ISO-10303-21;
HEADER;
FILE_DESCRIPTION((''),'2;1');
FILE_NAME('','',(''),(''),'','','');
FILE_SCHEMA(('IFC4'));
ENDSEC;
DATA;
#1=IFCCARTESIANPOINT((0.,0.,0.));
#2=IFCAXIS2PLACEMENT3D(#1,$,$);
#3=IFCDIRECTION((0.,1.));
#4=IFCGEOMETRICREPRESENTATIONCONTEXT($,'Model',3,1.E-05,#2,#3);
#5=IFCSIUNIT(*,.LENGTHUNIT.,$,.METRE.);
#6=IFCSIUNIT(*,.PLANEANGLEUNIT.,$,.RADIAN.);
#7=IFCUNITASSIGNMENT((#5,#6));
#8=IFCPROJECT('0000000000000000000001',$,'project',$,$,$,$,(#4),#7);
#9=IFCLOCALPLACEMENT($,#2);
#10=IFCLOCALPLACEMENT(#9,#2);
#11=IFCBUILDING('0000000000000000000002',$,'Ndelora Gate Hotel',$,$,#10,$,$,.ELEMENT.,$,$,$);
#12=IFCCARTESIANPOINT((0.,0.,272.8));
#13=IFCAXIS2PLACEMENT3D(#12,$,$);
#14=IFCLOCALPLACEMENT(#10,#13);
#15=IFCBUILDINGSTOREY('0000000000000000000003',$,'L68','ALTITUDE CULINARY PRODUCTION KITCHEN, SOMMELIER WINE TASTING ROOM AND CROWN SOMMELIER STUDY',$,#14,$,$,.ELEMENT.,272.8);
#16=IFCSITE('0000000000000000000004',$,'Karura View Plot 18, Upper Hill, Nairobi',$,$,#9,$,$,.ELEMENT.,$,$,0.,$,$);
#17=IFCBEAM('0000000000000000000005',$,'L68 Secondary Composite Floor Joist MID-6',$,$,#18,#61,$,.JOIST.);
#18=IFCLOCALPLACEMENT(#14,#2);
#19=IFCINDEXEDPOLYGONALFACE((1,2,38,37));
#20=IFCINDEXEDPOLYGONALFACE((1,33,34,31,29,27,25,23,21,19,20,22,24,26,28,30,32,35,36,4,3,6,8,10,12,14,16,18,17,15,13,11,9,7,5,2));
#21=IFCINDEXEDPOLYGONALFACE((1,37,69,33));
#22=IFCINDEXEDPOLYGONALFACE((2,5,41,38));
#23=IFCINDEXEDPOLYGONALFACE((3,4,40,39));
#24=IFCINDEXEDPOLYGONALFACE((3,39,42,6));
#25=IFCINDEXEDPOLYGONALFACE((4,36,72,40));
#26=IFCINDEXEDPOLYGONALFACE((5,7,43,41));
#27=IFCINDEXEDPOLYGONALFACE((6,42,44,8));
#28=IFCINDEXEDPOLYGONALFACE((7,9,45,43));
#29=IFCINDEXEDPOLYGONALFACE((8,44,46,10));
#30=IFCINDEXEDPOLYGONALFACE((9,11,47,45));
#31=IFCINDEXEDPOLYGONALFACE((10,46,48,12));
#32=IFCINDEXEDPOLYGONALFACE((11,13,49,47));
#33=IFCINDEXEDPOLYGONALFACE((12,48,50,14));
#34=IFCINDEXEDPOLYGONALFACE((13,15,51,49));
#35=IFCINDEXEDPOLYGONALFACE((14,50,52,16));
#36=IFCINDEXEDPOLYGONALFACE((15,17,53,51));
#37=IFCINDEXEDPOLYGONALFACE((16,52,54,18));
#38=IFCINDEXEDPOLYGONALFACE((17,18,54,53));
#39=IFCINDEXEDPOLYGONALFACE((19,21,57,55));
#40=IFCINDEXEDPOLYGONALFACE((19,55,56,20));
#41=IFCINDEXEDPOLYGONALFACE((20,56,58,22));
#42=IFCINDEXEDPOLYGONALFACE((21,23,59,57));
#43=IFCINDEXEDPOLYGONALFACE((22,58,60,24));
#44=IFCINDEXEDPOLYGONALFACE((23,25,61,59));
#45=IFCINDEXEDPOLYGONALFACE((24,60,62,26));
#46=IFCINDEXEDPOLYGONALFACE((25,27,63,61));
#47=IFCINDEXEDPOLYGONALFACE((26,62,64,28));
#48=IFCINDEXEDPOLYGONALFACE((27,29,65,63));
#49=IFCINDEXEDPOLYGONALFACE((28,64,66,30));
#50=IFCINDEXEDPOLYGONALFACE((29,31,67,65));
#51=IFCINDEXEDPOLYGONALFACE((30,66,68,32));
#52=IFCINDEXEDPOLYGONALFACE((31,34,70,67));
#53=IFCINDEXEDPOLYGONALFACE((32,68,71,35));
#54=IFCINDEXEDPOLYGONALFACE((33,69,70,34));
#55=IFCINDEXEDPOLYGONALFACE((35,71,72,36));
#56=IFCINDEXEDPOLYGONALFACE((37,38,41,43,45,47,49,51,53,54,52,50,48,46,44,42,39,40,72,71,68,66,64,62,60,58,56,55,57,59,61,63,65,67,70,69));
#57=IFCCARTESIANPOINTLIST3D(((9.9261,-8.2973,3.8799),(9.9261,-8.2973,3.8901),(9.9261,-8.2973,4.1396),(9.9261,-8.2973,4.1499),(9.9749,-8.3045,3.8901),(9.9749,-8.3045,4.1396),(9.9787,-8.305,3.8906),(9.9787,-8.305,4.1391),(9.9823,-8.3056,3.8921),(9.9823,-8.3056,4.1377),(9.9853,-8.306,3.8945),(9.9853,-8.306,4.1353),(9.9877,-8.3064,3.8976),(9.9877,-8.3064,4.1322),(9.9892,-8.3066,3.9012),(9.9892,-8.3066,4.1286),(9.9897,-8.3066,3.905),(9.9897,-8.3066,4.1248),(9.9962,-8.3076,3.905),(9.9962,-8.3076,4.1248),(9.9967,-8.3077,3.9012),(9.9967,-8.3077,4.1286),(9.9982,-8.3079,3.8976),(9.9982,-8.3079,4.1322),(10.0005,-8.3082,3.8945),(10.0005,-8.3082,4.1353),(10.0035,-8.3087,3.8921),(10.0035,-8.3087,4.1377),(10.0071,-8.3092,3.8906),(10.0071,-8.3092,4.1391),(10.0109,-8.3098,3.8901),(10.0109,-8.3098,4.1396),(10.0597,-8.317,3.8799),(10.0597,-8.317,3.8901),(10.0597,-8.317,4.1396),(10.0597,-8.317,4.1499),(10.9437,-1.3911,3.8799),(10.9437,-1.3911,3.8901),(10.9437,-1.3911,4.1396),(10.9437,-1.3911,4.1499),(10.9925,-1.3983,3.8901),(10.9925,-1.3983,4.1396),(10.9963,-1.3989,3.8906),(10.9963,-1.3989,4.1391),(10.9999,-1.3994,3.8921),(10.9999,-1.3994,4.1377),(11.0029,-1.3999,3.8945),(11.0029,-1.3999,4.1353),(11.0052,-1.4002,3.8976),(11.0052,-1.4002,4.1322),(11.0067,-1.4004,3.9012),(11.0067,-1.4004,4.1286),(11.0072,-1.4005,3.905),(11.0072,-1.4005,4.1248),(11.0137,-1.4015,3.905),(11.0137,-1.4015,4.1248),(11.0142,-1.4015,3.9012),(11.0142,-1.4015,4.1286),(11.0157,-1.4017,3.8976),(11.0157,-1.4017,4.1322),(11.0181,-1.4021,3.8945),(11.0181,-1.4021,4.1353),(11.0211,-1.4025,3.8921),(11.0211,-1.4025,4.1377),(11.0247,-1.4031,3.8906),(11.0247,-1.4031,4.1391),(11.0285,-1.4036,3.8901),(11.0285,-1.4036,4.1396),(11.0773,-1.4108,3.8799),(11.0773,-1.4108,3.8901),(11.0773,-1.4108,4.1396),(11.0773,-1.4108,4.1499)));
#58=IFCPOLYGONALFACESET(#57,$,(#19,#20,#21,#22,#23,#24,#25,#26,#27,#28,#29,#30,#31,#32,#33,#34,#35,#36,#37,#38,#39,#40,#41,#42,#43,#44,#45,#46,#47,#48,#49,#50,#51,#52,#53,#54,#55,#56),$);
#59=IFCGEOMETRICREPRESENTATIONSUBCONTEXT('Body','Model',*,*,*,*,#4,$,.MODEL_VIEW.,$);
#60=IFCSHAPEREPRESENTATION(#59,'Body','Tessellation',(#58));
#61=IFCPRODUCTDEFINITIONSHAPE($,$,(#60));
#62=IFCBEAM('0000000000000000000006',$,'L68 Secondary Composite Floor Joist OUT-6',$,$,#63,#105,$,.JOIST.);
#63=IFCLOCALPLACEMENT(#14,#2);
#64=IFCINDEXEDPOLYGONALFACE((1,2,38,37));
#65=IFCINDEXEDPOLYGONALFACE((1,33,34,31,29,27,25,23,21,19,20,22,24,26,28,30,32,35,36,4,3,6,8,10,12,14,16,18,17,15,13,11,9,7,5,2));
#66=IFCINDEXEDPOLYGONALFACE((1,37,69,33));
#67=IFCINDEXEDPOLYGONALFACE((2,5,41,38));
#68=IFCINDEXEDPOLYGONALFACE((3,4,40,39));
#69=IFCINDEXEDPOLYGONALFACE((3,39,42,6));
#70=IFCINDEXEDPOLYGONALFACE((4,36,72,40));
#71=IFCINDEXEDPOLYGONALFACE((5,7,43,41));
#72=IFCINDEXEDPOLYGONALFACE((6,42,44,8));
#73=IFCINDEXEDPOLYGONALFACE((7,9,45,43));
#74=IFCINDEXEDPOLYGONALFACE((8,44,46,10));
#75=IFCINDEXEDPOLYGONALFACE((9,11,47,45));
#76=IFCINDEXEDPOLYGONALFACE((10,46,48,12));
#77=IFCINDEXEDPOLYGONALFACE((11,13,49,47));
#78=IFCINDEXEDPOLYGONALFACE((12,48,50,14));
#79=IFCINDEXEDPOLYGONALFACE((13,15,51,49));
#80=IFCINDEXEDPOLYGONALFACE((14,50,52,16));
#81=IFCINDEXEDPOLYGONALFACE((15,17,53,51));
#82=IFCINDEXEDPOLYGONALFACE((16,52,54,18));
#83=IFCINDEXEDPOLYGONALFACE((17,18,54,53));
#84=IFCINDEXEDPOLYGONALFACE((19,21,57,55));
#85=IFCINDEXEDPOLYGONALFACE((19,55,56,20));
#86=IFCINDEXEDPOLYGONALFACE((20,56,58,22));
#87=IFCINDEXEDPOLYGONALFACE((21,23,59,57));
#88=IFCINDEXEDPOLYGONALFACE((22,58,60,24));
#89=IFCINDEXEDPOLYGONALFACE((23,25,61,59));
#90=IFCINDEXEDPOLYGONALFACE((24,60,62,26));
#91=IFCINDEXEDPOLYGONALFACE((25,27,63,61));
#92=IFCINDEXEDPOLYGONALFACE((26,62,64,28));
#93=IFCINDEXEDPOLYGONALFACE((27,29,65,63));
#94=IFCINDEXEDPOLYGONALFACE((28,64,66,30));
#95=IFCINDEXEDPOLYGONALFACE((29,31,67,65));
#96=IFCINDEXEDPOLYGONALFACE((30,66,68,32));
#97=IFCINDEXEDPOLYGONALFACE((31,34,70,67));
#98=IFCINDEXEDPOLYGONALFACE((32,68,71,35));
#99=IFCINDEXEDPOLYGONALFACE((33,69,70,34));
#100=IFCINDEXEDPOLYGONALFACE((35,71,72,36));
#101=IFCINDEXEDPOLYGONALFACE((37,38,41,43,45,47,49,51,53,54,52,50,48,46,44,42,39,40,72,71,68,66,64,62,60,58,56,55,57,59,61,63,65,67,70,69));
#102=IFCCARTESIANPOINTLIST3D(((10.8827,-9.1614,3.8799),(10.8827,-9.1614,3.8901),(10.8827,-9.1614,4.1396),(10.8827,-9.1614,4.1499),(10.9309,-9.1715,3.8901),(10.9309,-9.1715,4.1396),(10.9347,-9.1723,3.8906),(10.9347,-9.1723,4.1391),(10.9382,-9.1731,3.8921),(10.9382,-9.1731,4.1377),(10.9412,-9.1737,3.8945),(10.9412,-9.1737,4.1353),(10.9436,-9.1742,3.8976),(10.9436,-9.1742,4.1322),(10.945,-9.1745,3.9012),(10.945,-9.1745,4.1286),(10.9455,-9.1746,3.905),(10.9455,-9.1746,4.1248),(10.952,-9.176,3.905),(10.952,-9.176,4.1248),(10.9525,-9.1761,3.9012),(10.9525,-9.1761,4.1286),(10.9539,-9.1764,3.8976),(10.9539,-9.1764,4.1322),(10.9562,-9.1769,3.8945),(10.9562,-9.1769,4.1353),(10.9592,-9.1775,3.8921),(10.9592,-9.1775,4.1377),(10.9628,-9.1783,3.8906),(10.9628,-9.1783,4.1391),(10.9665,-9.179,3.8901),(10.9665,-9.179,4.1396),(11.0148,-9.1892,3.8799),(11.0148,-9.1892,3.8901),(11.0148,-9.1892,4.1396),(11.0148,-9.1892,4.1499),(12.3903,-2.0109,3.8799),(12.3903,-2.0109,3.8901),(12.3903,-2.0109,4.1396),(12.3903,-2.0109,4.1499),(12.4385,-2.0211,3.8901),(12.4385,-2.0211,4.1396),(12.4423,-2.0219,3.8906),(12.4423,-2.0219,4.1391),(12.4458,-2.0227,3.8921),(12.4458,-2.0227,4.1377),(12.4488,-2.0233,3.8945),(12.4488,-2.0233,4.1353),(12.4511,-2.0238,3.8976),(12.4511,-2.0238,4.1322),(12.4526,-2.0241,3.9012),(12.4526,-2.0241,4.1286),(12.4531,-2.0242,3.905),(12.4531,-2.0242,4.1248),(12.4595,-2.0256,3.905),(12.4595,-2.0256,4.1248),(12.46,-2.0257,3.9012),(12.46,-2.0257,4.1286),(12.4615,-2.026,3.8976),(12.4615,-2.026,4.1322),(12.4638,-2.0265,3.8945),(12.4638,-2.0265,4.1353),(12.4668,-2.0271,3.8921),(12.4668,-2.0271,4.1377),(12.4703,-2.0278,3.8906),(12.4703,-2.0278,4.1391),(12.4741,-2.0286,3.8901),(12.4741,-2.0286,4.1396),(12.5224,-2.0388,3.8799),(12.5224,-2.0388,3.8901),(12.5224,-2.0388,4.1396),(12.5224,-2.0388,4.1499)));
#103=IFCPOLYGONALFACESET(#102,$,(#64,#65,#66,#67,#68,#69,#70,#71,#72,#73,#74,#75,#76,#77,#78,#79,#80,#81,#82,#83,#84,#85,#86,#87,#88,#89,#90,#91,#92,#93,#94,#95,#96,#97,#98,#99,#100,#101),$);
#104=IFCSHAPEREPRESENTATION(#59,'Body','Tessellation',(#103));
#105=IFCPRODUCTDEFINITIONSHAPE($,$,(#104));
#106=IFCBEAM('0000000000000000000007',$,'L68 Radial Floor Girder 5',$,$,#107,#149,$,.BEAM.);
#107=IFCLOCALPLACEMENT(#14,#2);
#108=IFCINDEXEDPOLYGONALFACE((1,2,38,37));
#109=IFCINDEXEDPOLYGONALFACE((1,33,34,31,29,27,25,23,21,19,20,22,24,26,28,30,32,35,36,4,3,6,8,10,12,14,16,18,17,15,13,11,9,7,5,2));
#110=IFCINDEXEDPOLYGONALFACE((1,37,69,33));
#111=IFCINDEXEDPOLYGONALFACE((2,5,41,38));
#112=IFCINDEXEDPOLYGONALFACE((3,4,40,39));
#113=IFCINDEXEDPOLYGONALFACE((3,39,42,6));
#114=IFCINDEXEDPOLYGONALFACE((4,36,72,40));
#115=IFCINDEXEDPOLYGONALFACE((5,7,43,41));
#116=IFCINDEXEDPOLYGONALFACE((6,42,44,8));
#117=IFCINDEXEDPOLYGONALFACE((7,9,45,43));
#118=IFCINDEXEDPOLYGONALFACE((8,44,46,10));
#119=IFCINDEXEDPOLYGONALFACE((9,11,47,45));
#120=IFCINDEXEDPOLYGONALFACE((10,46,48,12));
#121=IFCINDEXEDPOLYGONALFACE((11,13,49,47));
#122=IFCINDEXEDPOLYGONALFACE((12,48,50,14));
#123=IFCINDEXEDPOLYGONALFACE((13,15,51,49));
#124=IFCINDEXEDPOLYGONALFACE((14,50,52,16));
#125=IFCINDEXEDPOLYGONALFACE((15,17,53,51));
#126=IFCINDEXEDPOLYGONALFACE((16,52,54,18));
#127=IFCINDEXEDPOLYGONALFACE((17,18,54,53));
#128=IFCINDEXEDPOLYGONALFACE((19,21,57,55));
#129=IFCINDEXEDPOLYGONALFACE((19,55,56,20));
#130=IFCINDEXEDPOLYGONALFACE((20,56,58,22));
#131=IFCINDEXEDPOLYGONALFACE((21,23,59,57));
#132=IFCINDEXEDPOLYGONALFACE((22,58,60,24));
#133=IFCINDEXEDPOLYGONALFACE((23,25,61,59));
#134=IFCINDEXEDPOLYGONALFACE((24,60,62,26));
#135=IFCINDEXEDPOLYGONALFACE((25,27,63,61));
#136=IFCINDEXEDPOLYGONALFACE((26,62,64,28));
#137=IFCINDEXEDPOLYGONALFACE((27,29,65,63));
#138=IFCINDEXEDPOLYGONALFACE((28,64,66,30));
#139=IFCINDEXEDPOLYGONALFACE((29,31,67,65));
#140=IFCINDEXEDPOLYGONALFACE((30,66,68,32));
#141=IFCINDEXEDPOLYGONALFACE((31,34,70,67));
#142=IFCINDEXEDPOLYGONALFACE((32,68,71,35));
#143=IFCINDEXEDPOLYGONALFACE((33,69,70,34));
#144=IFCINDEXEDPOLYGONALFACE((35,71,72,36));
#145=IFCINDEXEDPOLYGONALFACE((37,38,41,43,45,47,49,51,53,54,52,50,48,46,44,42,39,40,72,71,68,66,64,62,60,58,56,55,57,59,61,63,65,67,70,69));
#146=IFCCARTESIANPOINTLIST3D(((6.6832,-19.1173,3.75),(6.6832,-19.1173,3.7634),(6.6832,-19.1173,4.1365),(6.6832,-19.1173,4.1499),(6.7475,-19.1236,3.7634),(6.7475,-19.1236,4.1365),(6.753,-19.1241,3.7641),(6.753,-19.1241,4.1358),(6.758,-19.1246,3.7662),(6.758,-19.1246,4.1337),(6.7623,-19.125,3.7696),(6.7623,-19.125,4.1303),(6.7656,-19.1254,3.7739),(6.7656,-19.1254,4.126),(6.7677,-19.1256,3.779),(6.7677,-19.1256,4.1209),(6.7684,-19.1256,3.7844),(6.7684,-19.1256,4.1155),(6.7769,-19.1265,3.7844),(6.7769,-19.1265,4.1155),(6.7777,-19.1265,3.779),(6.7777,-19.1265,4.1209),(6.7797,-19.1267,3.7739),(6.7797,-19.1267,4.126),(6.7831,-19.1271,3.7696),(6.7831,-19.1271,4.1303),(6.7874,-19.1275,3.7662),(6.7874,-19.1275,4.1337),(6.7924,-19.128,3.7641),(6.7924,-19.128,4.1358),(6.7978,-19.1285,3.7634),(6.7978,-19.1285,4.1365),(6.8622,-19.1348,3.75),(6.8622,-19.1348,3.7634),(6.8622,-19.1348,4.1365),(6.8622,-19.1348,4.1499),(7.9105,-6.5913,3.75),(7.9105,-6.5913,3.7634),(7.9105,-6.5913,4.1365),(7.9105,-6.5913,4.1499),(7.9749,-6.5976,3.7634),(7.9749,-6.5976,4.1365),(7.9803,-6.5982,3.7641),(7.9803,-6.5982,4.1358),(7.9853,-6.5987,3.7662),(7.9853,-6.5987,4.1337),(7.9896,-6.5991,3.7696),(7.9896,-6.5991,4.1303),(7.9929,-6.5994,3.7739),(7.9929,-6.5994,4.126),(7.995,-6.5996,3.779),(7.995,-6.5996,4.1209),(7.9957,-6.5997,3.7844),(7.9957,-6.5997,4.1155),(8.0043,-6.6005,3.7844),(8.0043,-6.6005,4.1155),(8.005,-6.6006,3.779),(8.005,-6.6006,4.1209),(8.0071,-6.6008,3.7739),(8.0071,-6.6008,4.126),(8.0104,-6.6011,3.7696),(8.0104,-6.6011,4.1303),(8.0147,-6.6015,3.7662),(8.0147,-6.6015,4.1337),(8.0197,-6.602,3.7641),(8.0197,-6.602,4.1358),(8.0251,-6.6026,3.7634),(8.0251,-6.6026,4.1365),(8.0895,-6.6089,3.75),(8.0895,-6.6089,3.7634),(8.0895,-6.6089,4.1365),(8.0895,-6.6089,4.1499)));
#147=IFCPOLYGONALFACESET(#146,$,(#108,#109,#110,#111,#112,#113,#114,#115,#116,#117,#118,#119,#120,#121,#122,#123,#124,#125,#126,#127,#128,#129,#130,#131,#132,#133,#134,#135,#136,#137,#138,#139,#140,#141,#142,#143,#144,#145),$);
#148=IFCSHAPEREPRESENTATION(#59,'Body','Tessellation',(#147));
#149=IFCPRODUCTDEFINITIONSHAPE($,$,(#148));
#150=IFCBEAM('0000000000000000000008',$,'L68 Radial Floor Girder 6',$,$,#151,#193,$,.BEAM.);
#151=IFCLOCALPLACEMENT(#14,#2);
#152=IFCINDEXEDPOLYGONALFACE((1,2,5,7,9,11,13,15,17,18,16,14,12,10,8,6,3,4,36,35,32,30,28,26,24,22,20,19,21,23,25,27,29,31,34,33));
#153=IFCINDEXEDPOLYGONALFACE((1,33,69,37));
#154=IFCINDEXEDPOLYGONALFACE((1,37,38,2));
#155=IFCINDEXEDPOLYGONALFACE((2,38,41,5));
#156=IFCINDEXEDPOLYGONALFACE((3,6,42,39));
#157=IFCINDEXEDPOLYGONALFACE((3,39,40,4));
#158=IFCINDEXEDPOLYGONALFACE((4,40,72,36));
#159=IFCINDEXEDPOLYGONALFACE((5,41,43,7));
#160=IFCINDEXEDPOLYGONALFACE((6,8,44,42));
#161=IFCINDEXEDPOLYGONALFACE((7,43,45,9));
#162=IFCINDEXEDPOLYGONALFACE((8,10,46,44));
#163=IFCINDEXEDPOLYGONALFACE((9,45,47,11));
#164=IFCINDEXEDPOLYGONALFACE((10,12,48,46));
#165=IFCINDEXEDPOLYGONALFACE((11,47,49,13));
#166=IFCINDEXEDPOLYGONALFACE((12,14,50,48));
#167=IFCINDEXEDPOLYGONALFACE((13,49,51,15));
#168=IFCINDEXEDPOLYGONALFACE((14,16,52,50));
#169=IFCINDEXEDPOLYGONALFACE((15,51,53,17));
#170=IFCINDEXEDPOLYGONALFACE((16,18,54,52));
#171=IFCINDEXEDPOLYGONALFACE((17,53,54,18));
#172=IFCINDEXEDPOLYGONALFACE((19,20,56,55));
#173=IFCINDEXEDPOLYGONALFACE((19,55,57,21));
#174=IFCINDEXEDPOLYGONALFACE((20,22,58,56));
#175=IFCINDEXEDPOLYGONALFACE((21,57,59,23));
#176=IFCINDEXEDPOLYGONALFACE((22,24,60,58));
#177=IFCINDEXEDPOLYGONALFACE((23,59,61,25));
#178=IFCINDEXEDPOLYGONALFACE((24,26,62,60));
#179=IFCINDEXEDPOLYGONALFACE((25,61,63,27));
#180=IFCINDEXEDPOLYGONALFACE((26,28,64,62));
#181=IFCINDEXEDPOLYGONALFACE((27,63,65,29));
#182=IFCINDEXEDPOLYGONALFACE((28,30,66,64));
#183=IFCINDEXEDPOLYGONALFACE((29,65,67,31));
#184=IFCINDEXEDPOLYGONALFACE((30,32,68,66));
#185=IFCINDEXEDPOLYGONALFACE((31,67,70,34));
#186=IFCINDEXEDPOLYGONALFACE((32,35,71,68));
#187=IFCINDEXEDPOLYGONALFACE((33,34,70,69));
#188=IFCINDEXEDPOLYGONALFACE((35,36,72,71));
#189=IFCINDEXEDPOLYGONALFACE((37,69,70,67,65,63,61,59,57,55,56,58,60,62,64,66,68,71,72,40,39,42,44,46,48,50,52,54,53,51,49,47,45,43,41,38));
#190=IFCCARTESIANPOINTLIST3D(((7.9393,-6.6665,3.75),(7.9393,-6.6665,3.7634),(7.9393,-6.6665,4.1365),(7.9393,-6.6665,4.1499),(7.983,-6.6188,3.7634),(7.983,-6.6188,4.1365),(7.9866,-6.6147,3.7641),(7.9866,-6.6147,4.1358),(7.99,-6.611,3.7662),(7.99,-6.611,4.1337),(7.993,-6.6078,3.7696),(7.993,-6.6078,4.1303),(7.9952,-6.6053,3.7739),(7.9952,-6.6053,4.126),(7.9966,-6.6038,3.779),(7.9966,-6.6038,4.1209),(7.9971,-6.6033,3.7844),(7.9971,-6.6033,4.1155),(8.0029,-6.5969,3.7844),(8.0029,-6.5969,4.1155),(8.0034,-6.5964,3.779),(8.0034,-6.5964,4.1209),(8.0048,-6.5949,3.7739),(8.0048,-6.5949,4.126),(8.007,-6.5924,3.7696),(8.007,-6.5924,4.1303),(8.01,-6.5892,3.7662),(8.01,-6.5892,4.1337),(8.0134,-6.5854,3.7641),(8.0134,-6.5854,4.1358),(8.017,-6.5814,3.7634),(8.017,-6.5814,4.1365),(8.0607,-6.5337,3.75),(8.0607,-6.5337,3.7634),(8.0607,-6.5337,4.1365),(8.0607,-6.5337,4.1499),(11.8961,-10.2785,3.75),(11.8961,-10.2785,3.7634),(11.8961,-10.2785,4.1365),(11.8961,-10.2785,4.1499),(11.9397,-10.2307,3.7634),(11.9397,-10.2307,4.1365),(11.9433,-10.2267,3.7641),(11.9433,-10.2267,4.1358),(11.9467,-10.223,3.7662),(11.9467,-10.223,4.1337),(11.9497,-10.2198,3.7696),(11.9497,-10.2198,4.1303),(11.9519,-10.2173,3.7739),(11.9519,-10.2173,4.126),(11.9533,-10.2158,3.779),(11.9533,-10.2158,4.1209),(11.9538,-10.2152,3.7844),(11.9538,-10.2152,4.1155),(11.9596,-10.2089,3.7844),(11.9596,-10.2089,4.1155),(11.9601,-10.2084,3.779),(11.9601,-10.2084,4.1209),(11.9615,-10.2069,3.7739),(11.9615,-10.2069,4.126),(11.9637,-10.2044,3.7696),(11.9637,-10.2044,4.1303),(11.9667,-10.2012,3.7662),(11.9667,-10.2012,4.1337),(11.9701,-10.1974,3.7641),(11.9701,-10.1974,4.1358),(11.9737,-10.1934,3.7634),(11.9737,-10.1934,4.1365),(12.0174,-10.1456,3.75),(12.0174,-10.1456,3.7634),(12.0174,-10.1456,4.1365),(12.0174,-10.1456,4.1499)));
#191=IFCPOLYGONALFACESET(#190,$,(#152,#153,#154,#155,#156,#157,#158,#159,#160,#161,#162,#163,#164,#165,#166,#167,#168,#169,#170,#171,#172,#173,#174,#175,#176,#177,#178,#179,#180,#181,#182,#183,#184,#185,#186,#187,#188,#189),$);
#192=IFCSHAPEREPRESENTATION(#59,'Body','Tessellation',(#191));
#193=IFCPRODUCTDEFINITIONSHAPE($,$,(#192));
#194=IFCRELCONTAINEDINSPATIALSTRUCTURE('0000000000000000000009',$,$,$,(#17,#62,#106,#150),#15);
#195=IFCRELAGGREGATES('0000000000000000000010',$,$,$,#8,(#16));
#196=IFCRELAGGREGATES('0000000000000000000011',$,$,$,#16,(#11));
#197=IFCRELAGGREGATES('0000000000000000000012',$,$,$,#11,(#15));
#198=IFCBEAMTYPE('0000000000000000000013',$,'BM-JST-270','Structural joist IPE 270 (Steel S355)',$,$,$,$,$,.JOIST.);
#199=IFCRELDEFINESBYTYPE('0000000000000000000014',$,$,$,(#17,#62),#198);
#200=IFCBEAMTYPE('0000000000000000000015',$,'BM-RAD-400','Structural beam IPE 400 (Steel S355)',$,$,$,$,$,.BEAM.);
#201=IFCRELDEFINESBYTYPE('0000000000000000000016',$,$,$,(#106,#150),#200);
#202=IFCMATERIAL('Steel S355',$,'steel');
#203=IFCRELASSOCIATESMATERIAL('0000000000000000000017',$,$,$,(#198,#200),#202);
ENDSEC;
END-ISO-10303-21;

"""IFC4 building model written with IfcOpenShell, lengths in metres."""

from ifc_helpers import new_model, si_unit, direction, frame, origin, origin_2d, place, context, subcontext, project, spatial, i_section, extrude, material, material_profile, profile_set, type_object, element, save


model = new_model("IFC4")

# Units and contexts
model_context = context("Model", 3, precision=1e-05, world=origin(), true_north=direction((0.0, 1.0)))
body_context = subcontext(model_context, "Body", "Model", "MODEL_VIEW")
ifc_project = project(units=[si_unit("LENGTHUNIT", "METRE"), si_unit("PLANEANGLEUNIT", "RADIAN")], contexts=[model_context])

# Site, building, storey
site_placement = place(None, origin())
site = spatial("IfcSite", under=ifc_project, at=site_placement, Name="Karura View Plot 18, Upper Hill, Nairobi", CompositionType="ELEMENT", RefElevation=0.0)
building_placement = place(site_placement, origin())
building = spatial("IfcBuilding", under=site, at=building_placement, Name="Ndelora Gate Hotel", CompositionType="ELEMENT")
storey_placement = place(building_placement, frame((0.0, 0.0, 272.8)))
storey = spatial("IfcBuildingStorey", under=building, at=storey_placement, Name="L68", Description="ALTITUDE CULINARY PRODUCTION KITCHEN, SOMMELIER WINE TASTING ROOM AND CROWN SOMMELIER STUDY", CompositionType="ELEMENT", Elevation=272.8)

# Beams
ifc_material_1 = material(Name="Steel S355", Category="steel")
ifc_material_profile_1 = material_profile(ifc_material_1, i_section(OverallWidth=0.135, OverallDepth=0.27, WebThickness=0.0066, FlangeThickness=0.0103, FilletRadius=0.0149, at=origin_2d()), Name="IPE 270")
ifc_profile_set_1 = profile_set([ifc_material_profile_1], Name="Steel S355")
beam_type_1 = type_object("IfcBeamType", Name="BM-JST-270", Description="Structural joist IPE 270 (Steel S355)", PredefinedType="JOIST", material=ifc_profile_set_1)
beam_1_placement = place(storey_placement, frame((9.9929, -8.3071, 4.0149), z_axis=(0.145768, 0.989319, 0.0), x_axis=(-0.989319, 0.145768, 0.0)))
element("IfcBeam", 1, at=beam_1_placement, inside=storey, type_object=beam_type_1, Name="L68 Secondary Composite Floor Joist MID-6", PredefinedType="JOIST", context=body_context, shape_type="SweptSolid", body=[
    extrude(i_section(OverallWidth=0.135, OverallDepth=0.27, WebThickness=0.0066, FlangeThickness=0.0103, FilletRadius=0.0149, at=origin_2d()), origin(), (0.0, 0.0, 1.0), 6.9807),
])
beam_2_placement = place(storey_placement, frame((10.9487, -9.1753, 4.0149), z_axis=(0.206302, 0.978488, 0.0), x_axis=(-0.978488, 0.206302, 0.0)))
element("IfcBeam", 2, at=beam_2_placement, inside=storey, type_object=beam_type_1, Name="L68 Secondary Composite Floor Joist OUT-6", PredefinedType="JOIST", context=body_context, shape_type="SweptSolid", body=[
    extrude(i_section(OverallWidth=0.135, OverallDepth=0.27, WebThickness=0.0066, FlangeThickness=0.0103, FilletRadius=0.0149, at=origin_2d()), origin(), (0.0, 0.0, 1.0), 7.3076),
])
ifc_material_profile_2 = material_profile(ifc_material_1, i_section(OverallWidth=0.1799, OverallDepth=0.3999, WebThickness=0.0085, FlangeThickness=0.0134, FilletRadius=0.021, at=origin_2d()), Name="IPE 400")
ifc_profile_set_2 = profile_set([ifc_material_profile_2], Name="Steel S355")
beam_type_2 = type_object("IfcBeamType", Name="BM-RAD-400", Description="Structural beam IPE 400 (Steel S355)", PredefinedType="BEAM", material=ifc_profile_set_2)
beam_3_placement = place(storey_placement, frame((8.0, -6.6001, 3.95), z_axis=(-0.097514, -0.995234, 0.0), x_axis=(0.995234, -0.097514, 0.0)))
element("IfcBeam", 3, at=beam_3_placement, inside=storey, type_object=beam_type_2, Name="L68 Radial Floor Girder 5", PredefinedType="BEAM", context=body_context, shape_type="SweptSolid", body=[
    extrude(i_section(OverallWidth=0.1799, OverallDepth=0.3999, WebThickness=0.0085, FlangeThickness=0.0134, FilletRadius=0.021, at=origin_2d()), origin(), (0.0, 0.0, 1.0), 12.5859),
])
beam_4_placement = place(storey_placement, frame((8.0, -6.6001, 3.95), z_axis=(0.738547, -0.674202, 0.0), x_axis=(0.674202, 0.738547, 0.0)))
element("IfcBeam", 4, at=beam_4_placement, inside=storey, type_object=beam_type_2, Name="L68 Radial Floor Girder 6", PredefinedType="BEAM", context=body_context, shape_type="SweptSolid", body=[
    extrude(i_section(OverallWidth=0.1799, OverallDepth=0.3999, WebThickness=0.0085, FlangeThickness=0.0134, FilletRadius=0.021, at=origin_2d()), origin(), (0.0, 0.0, 1.0), 5.3574),
])

save(model, "model.ifc")
